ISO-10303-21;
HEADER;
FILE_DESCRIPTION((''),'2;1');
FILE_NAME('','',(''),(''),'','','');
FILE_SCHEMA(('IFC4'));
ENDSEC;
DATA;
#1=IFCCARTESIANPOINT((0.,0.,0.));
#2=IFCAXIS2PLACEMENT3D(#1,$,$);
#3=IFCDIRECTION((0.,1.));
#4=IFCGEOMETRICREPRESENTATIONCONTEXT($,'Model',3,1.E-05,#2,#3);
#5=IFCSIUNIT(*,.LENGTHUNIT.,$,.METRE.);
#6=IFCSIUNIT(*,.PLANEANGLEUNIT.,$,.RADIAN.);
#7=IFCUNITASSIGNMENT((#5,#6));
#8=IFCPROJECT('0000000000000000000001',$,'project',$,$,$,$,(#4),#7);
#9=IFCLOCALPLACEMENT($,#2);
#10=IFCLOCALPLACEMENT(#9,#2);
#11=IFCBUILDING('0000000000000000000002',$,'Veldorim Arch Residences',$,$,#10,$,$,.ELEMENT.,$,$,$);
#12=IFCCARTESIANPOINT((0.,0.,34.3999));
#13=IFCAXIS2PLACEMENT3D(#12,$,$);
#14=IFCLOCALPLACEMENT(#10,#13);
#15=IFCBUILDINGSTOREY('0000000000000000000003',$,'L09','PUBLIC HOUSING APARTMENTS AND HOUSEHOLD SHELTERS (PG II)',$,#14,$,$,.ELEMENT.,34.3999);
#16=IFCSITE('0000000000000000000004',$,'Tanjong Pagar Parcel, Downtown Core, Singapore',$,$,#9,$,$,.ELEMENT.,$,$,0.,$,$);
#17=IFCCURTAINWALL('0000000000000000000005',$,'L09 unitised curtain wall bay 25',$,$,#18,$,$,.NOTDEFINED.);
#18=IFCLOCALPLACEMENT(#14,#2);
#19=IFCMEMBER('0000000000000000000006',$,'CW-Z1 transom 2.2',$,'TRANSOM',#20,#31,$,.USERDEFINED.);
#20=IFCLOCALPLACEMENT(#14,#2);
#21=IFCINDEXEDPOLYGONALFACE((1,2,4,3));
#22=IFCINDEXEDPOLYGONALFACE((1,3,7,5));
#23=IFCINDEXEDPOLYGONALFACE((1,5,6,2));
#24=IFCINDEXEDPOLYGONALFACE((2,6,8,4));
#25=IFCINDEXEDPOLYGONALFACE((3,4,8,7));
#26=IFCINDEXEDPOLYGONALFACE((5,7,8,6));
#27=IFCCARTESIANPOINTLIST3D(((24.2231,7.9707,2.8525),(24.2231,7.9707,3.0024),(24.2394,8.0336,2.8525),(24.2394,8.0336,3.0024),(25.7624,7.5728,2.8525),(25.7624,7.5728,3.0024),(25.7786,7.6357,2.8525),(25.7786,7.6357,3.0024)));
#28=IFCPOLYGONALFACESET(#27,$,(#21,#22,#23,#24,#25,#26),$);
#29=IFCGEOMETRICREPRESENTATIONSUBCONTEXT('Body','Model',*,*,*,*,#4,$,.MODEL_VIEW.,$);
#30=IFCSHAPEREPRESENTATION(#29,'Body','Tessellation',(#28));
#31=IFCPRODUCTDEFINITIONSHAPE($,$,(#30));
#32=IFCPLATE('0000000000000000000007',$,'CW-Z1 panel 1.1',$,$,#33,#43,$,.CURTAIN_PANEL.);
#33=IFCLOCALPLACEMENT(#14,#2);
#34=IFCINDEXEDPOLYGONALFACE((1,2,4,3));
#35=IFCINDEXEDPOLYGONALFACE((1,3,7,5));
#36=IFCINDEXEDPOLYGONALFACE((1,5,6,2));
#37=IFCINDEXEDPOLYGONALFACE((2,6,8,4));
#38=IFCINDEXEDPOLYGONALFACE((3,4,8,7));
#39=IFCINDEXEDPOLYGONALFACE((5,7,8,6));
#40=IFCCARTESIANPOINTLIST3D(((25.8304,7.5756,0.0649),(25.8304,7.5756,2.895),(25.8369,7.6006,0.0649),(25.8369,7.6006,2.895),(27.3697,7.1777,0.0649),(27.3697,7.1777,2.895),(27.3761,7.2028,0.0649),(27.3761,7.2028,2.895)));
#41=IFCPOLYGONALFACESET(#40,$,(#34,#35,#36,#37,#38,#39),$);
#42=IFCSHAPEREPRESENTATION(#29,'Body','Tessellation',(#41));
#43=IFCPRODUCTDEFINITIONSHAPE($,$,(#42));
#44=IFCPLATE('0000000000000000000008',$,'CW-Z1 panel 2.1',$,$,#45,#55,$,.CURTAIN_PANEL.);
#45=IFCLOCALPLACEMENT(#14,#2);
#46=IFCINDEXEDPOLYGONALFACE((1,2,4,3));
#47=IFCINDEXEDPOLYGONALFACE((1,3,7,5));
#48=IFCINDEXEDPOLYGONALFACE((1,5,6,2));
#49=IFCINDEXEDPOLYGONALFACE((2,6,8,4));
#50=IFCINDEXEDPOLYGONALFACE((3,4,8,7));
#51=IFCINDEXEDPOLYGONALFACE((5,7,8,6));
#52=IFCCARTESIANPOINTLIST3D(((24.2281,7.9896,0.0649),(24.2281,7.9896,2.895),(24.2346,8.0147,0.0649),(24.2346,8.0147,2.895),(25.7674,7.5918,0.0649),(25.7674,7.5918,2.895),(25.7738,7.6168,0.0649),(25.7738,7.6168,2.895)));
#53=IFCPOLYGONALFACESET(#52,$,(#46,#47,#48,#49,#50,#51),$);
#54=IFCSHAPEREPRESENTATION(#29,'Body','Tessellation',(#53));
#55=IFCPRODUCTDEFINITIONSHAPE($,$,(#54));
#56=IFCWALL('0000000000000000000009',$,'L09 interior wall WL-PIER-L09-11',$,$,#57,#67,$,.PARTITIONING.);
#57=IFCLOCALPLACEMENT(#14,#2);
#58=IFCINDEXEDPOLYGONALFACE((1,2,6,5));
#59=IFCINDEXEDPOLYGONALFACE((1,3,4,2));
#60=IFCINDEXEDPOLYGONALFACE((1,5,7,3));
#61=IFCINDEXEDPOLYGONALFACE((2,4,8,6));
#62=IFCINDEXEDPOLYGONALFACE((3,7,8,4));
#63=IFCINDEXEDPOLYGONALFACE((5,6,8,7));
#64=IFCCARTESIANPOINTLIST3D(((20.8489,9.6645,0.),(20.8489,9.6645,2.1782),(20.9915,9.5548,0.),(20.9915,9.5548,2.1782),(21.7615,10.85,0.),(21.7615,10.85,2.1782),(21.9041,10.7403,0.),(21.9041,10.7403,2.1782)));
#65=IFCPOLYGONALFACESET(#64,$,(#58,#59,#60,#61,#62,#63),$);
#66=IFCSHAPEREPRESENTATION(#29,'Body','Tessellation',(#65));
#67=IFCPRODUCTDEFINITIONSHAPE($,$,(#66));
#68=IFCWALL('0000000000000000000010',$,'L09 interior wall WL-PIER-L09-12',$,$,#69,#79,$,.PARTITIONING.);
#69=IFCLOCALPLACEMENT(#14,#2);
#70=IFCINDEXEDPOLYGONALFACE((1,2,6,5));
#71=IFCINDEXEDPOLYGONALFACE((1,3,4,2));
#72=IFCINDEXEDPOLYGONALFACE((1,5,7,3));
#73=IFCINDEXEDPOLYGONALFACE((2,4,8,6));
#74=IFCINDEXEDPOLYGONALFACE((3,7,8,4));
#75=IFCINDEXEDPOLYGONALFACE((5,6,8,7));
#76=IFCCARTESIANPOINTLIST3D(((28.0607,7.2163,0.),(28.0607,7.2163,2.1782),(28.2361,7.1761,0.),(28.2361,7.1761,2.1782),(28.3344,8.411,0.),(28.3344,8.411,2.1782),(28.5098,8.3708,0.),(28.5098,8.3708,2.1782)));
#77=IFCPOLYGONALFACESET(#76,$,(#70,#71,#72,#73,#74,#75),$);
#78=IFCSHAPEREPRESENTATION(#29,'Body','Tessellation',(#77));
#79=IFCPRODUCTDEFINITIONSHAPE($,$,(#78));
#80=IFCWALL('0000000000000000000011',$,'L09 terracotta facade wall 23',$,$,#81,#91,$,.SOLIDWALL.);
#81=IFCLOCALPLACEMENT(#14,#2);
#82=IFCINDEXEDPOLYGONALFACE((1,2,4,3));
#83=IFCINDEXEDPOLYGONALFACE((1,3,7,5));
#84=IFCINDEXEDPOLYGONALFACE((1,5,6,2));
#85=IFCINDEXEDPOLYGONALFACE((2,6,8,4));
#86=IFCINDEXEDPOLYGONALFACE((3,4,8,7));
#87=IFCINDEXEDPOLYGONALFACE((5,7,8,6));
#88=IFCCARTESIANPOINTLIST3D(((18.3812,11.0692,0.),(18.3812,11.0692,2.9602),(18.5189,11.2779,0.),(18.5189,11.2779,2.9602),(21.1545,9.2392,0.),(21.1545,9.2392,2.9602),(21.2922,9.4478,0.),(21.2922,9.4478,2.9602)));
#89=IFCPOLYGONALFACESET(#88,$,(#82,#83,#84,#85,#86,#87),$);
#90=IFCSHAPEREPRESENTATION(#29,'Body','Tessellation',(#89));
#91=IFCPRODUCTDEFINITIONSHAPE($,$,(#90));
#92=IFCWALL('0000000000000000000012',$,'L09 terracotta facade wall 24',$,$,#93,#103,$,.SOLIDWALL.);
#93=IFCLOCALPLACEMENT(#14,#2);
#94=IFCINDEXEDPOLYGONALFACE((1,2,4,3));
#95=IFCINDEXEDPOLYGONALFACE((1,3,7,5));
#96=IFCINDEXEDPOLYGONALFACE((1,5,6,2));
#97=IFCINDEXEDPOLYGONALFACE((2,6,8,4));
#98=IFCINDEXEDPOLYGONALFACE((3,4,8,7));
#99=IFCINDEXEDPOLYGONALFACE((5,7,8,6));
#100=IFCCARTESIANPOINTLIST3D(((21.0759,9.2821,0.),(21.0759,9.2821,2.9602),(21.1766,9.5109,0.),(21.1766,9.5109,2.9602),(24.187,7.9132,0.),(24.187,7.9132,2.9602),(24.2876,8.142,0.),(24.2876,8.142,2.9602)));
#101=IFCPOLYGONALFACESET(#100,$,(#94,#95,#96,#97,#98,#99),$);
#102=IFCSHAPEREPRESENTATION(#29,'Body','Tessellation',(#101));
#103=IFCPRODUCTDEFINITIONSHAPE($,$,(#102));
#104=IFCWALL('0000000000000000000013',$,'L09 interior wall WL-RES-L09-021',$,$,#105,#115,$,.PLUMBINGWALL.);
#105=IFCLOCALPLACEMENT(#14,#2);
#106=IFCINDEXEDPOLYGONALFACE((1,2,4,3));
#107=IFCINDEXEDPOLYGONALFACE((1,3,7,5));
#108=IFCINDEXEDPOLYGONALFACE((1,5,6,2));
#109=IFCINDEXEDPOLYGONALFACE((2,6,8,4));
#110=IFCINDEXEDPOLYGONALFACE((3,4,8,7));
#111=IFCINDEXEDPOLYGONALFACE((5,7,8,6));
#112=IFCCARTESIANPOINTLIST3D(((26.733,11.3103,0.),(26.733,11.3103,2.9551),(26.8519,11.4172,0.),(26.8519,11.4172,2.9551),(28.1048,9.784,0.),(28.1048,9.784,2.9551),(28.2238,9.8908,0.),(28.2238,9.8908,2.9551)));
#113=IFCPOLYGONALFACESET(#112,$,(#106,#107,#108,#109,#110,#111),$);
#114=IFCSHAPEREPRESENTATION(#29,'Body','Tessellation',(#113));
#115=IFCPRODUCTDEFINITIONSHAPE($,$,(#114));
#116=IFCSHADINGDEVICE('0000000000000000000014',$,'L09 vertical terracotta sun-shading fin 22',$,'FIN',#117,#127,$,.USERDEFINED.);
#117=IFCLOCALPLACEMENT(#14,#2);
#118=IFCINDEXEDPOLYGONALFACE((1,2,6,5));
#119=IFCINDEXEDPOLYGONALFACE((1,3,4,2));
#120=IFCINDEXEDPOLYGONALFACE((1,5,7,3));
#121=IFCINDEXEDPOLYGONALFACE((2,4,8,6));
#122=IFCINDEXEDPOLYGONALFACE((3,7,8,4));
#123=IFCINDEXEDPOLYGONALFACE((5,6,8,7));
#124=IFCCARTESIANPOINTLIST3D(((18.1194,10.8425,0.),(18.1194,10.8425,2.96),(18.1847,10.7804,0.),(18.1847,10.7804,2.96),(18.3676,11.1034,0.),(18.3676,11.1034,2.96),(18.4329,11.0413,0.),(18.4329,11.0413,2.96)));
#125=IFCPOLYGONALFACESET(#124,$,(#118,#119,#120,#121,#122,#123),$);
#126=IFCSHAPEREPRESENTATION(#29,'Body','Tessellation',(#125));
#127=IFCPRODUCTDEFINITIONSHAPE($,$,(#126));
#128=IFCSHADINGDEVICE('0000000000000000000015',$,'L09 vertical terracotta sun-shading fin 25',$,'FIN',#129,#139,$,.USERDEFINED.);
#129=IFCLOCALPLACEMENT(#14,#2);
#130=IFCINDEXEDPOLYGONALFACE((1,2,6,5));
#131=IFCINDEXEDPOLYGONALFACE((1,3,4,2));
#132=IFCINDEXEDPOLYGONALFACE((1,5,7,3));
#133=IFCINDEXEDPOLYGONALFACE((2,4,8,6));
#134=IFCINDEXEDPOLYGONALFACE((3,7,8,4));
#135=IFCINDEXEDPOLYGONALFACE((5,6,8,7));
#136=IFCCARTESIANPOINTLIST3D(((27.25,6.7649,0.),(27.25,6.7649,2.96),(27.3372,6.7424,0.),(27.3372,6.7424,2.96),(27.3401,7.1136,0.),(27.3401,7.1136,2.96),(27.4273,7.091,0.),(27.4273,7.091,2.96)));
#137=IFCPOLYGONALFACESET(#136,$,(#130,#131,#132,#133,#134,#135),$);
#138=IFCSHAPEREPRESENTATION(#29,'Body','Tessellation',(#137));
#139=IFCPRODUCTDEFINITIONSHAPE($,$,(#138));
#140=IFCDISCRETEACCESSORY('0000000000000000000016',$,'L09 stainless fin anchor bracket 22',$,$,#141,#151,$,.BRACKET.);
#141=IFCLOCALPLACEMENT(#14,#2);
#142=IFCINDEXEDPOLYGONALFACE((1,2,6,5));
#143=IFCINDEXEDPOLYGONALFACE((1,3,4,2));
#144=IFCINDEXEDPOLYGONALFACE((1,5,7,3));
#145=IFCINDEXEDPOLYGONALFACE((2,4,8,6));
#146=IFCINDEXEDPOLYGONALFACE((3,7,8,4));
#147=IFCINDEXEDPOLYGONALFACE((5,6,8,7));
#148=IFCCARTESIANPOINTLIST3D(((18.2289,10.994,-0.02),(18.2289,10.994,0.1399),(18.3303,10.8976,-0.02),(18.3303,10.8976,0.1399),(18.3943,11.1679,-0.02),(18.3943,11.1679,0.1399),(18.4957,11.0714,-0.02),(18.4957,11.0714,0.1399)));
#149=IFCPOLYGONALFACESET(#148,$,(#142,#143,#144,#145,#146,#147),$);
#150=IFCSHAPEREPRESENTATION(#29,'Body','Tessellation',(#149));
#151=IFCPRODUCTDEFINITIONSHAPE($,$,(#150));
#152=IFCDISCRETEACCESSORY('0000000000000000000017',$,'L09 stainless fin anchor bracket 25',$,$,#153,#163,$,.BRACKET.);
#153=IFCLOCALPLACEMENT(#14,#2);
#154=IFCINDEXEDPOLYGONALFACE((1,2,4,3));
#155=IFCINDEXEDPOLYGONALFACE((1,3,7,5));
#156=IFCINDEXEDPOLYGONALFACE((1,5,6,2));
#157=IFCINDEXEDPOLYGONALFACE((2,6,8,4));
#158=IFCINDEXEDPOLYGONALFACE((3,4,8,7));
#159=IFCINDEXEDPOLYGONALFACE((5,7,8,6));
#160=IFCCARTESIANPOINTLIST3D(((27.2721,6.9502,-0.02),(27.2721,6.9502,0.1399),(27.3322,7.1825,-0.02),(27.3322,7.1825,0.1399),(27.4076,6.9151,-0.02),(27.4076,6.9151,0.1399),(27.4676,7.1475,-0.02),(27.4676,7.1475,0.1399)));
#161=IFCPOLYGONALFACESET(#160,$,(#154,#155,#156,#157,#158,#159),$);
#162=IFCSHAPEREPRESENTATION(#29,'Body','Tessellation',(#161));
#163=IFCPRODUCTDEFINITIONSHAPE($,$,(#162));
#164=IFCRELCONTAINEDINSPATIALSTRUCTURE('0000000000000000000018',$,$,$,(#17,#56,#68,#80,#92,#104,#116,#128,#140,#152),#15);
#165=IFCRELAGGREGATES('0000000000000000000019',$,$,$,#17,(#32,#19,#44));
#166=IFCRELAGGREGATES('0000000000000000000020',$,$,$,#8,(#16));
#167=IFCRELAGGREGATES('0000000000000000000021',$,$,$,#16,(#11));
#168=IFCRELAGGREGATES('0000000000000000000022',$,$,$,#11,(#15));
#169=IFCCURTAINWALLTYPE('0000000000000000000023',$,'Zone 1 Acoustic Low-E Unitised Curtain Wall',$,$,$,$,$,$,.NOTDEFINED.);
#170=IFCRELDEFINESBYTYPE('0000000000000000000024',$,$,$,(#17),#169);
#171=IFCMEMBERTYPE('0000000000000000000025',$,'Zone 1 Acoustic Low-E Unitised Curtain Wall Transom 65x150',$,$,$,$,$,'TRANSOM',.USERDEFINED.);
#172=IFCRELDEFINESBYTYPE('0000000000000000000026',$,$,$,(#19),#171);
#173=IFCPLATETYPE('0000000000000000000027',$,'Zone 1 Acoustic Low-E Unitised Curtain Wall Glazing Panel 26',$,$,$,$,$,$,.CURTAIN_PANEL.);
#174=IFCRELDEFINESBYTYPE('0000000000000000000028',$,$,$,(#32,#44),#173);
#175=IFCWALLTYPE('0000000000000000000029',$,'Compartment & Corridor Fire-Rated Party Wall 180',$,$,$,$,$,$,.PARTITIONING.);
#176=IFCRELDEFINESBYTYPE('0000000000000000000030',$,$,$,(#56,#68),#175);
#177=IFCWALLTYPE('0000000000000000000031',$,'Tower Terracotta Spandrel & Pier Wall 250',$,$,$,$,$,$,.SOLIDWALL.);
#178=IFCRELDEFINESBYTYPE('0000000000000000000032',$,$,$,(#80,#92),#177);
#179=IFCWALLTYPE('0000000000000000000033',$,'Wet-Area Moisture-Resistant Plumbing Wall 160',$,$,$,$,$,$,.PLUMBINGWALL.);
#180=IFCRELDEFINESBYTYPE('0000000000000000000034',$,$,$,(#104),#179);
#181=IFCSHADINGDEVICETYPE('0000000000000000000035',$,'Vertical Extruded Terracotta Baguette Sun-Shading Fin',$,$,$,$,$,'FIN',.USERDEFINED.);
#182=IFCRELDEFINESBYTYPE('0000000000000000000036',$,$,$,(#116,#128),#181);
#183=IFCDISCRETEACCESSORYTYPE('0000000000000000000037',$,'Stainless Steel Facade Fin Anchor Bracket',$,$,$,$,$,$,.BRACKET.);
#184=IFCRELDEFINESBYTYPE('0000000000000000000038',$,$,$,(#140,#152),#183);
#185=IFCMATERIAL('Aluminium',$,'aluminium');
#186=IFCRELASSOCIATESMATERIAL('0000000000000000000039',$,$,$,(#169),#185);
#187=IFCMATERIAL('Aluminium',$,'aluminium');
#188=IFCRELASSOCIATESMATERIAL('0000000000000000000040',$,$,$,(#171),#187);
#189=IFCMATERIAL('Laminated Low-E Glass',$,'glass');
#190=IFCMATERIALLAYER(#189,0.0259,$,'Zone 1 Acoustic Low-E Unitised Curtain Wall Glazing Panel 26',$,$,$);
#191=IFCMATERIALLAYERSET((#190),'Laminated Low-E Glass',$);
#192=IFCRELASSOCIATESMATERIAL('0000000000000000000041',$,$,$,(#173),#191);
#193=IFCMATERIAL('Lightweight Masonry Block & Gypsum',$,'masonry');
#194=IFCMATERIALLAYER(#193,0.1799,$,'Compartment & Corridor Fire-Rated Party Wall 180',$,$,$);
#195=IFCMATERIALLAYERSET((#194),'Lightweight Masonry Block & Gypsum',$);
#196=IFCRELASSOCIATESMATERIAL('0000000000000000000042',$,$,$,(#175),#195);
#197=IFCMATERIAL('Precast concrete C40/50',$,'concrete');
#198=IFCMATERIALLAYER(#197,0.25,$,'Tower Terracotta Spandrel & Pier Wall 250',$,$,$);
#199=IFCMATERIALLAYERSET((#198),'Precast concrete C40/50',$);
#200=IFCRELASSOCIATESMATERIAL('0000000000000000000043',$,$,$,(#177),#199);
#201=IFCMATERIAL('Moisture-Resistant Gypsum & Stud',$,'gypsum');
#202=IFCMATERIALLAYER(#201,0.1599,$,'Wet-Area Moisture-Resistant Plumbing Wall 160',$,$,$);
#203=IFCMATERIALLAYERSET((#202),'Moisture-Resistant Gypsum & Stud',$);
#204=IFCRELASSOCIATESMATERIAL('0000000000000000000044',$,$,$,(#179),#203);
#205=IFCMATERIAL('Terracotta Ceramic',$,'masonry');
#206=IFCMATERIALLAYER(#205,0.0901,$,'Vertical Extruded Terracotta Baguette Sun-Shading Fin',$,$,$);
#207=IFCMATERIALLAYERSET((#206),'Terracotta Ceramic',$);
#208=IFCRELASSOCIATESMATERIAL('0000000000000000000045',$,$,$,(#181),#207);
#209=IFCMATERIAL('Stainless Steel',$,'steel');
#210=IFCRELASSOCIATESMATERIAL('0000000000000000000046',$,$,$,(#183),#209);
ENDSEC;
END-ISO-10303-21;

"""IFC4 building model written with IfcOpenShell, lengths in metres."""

from ifc_helpers import new_model, si_unit, direction, frame, frame_2d, origin, origin_2d, place, context, subcontext, project, spatial, rectangle, extrude, material, layer, layer_set, material_profile, profile_set, type_object, element, aggregate, save


model = new_model("IFC4")

# Units and contexts
model_context = context("Model", 3, precision=1e-05, world=origin(), true_north=direction((0.0, 1.0)))
body_context = subcontext(model_context, "Body", "Model", "MODEL_VIEW")
ifc_project = project(units=[si_unit("LENGTHUNIT", "METRE"), si_unit("PLANEANGLEUNIT", "RADIAN")], contexts=[model_context])

# Site, building, storey
site_placement = place(None, origin())
site = spatial("IfcSite", under=ifc_project, at=site_placement, Name="Tanjong Pagar Parcel, Downtown Core, Singapore", CompositionType="ELEMENT", RefElevation=0.0)
building_placement = place(site_placement, origin())
building = spatial("IfcBuilding", under=site, at=building_placement, Name="Veldorim Arch Residences", CompositionType="ELEMENT")
storey_placement = place(building_placement, frame((0.0, 0.0, 34.3999)))
storey = spatial("IfcBuildingStorey", under=building, at=storey_placement, Name="L09", Description="PUBLIC HOUSING APARTMENTS AND HOUSEHOLD SHELTERS (PG II)", CompositionType="ELEMENT", Elevation=34.3999)

# Curtain wall, member, plates
ifc_material_1 = material(Name="Aluminium", Category="aluminium")
curtain_wall_type = type_object("IfcCurtainWallType", Name="Zone 1 Acoustic Low-E Unitised Curtain Wall", PredefinedType="NOTDEFINED", material=ifc_material_1)
curtain_wall_placement = place(storey_placement, origin())
curtain_wall = element("IfcCurtainWall", 1, at=curtain_wall_placement, inside=storey, type_object=curtain_wall_type, Name="L09 unitised curtain wall bay 25", PredefinedType="NOTDEFINED")
ifc_material_2 = material(Name="Aluminium", Category="aluminium")
ifc_material_profile_1 = material_profile(ifc_material_2, rectangle(XDim=0.0649, YDim=0.1499, at=origin_2d()), Name="ALU_TRN_65x150")
ifc_profile_set_1 = profile_set([ifc_material_profile_1], Name="Aluminium")
member_type_1 = type_object("IfcMemberType", Name="Zone 1 Acoustic Low-E Unitised Curtain Wall Transom 65x150", ElementType="TRANSOM", PredefinedType="USERDEFINED", material=ifc_profile_set_1)
member_1_placement = place(storey_placement, frame((25.7705, 7.6042, 2.9275), z_axis=(-0.968169, 0.250296, 0.0), x_axis=(-0.250296, -0.968169, 0.0)))
member_1 = element("IfcMember", 2, at=member_1_placement, type_object=member_type_1, Name="CW-Z1 transom 2.2", ObjectType="TRANSOM", PredefinedType="USERDEFINED", context=body_context, shape_type="SweptSolid", body=[
    extrude(rectangle(XDim=0.0649, YDim=0.1499, at=origin_2d()), origin(), (0.0, 0.0, 1.0), 1.5898),
])
ifc_material_3 = material(Name="Laminated Low-E Glass", Category="glass")
ifc_layer_1 = layer(ifc_material_3, 0.0259, Name="Zone 1 Acoustic Low-E Unitised Curtain Wall Glazing Panel 26")
ifc_layer_set_1 = layer_set([ifc_layer_1], Name="Laminated Low-E Glass")
plate_type = type_object("IfcPlateType", Name="Zone 1 Acoustic Low-E Unitised Curtain Wall Glazing Panel 26", PredefinedType="CURTAIN_PANEL", material=ifc_layer_set_1)
plate_1_placement = place(storey_placement, frame((26.6033, 7.3892, 0.0649), z_axis=(0.0, 0.0, 1.0), x_axis=(-0.968179, 0.25026, 0.0)))
plate_1 = element("IfcPlate", 3, at=plate_1_placement, type_object=plate_type, Name="CW-Z1 panel 1.1", PredefinedType="CURTAIN_PANEL", context=body_context, shape_type="SweptSolid", body=[
    extrude(rectangle(XDim=1.5898, YDim=0.0259, at=origin_2d()), origin(), (0.0, 0.0, 1.0), 2.8301),
])
plate_2_placement = place(storey_placement, frame((25.001, 7.8032, 0.0649), z_axis=(0.0, 0.0, 1.0), x_axis=(-0.968179, 0.25026, 0.0)))
plate_2 = element("IfcPlate", 4, at=plate_2_placement, type_object=plate_type, Name="CW-Z1 panel 2.1", PredefinedType="CURTAIN_PANEL", context=body_context, shape_type="SweptSolid", body=[
    extrude(rectangle(XDim=1.5898, YDim=0.0259, at=origin_2d()), origin(), (0.0, 0.0, 1.0), 2.8301),
])
aggregate(curtain_wall, [plate_1, member_1, plate_2])

# Walls
ifc_material_4 = material(Name="Lightweight Masonry Block & Gypsum", Category="masonry")
ifc_layer_2 = layer(ifc_material_4, 0.1799, Name="Compartment & Corridor Fire-Rated Party Wall 180")
ifc_layer_set_2 = layer_set([ifc_layer_2], Name="Lightweight Masonry Block & Gypsum")
wall_type_1 = type_object("IfcWallType", Name="Compartment & Corridor Fire-Rated Party Wall 180", PredefinedType="PARTITIONING", material=ifc_layer_set_2)
wall_1_placement = place(storey_placement, frame((21.8328, 10.7952, 0.0), z_axis=(0.0, 0.0, 1.0), x_axis=(-0.609979, -0.792418, 0.0)))
element("IfcWall", 5, at=wall_1_placement, inside=storey, type_object=wall_type_1, Name="L09 interior wall WL-PIER-L09-11", PredefinedType="PARTITIONING", context=body_context, shape_type="SweptSolid", body=[
    extrude(rectangle(XDim=1.4961, YDim=0.1799, at=frame_2d((0.748, 0.0))), origin(), (0.0, 0.0, 1.0), 2.1782),
])
wall_2_placement = place(storey_placement, frame((28.4221, 8.3909, 0.0), z_axis=(0.0, 0.0, 1.0), x_axis=(-0.223317, -0.974746, 0.0)))
element("IfcWall", 6, at=wall_2_placement, inside=storey, type_object=wall_type_1, Name="L09 interior wall WL-PIER-L09-12", PredefinedType="PARTITIONING", context=body_context, shape_type="SweptSolid", body=[
    extrude(rectangle(XDim=1.2256, YDim=0.1799, at=frame_2d((0.6128, 0.0))), origin(), (0.0, 0.0, 1.0), 2.1782),
])
ifc_material_5 = material(Name="Precast concrete C40/50", Category="concrete")
ifc_layer_3 = layer(ifc_material_5, 0.25, Name="Tower Terracotta Spandrel & Pier Wall 250")
ifc_layer_set_3 = layer_set([ifc_layer_3], Name="Precast concrete C40/50")
wall_type_2 = type_object("IfcWallType", Name="Tower Terracotta Spandrel & Pier Wall 250", PredefinedType="SOLIDWALL", material=ifc_layer_set_3)
wall_3_placement = place(storey_placement, frame((21.2234, 9.3435, 0.0), z_axis=(0.0, 0.0, 1.0), x_axis=(-0.834663, 0.55076, 0.0)))
element("IfcWall", 7, at=wall_3_placement, inside=storey, type_object=wall_type_2, Name="L09 terracotta facade wall 23", PredefinedType="SOLIDWALL", context=body_context, shape_type="SweptSolid", body=[
    extrude(rectangle(XDim=3.3228, YDim=0.25, at=frame_2d((1.6614, 0.0))), origin(), (0.0, 0.0, 1.0), 2.9602),
])
wall_4_placement = place(storey_placement, frame((24.2373, 8.0276, 0.0), z_axis=(0.0, 0.0, 1.0), x_axis=(-0.915313, 0.402743, 0.0)))
element("IfcWall", 8, at=wall_4_placement, inside=storey, type_object=wall_type_2, Name="L09 terracotta facade wall 24", PredefinedType="SOLIDWALL", context=body_context, shape_type="SweptSolid", body=[
    extrude(rectangle(XDim=3.3989, YDim=0.25, at=frame_2d((1.6995, 0.0))), origin(), (0.0, 0.0, 1.0), 2.9602),
])
ifc_material_6 = material(Name="Moisture-Resistant Gypsum & Stud", Category="gypsum")
ifc_layer_4 = layer(ifc_material_6, 0.1599, Name="Wet-Area Moisture-Resistant Plumbing Wall 160")
ifc_layer_set_4 = layer_set([ifc_layer_4], Name="Moisture-Resistant Gypsum & Stud")
wall_type_3 = type_object("IfcWallType", Name="Wet-Area Moisture-Resistant Plumbing Wall 160", PredefinedType="PLUMBINGWALL", material=ifc_layer_set_4)
wall_5_placement = place(storey_placement, frame((28.1643, 9.8374, 0.0), z_axis=(0.0, 0.0, 1.0), x_axis=(-0.668452, 0.743755, 0.0)))
element("IfcWall", 9, at=wall_5_placement, inside=storey, type_object=wall_type_3, Name="L09 interior wall WL-RES-L09-021", PredefinedType="PLUMBINGWALL", context=body_context, shape_type="SweptSolid", body=[
    extrude(rectangle(XDim=2.0522, YDim=0.1599, at=frame_2d((1.0261, 0.0))), origin(), (0.0, 0.0, 1.0), 2.9551),
])

# Shading devices
ifc_material_7 = material(Name="Terracotta Ceramic", Category="masonry")
ifc_layer_5 = layer(ifc_material_7, 0.0901, Name="Vertical Extruded Terracotta Baguette Sun-Shading Fin")
ifc_layer_set_5 = layer_set([ifc_layer_5], Name="Terracotta Ceramic")
shading_device_type = type_object("IfcShadingDeviceType", Name="Vertical Extruded Terracotta Baguette Sun-Shading Fin", ElementType="FIN", PredefinedType="USERDEFINED", material=ifc_layer_set_5)
for number, where, z_axis, x_axis, name in (
    (10, (18.2761, 10.9419, 0.0), (0.0, 0.0, 1.0), (-0.724533, 0.68924, 0.0), "L09 vertical terracotta sun-shading fin 22"),
    (11, (27.3386, 6.928, 0.0), (0.0, 0.0, 1.0), (-0.968191, 0.250211, 0.0), "L09 vertical terracotta sun-shading fin 25"),
):
    element("IfcShadingDevice", number, at=place(storey_placement, frame(where, z_axis=z_axis, x_axis=x_axis)), inside=storey, type_object=shading_device_type, Name=name, ObjectType="FIN", PredefinedType="USERDEFINED", context=body_context, shape_type="SweptSolid", body=[
        extrude(rectangle(XDim=0.0901, YDim=0.3601, at=origin_2d()), origin(), (0.0, 0.0, 1.0), 2.96),
    ])

# Discrete accessories
ifc_material_8 = material(Name="Stainless Steel", Category="steel")
discrete_accessory_type = type_object("IfcDiscreteAccessoryType", Name="Stainless Steel Facade Fin Anchor Bracket", PredefinedType="BRACKET", material=ifc_material_8)
for number, where, z_axis, x_axis, name in (
    (12, (18.3623, 11.0327, -0.02), (0.0, 0.0, 1.0), (-0.724533, 0.68924, 0.0), "L09 stainless fin anchor bracket 22"),
    (13, (27.3699, 7.0488, -0.02), (0.0, 0.0, 1.0), (-0.968191, 0.250211, 0.0), "L09 stainless fin anchor bracket 25"),
):
    element("IfcDiscreteAccessory", number, at=place(storey_placement, frame(where, z_axis=z_axis, x_axis=x_axis)), inside=storey, type_object=discrete_accessory_type, Name=name, PredefinedType="BRACKET", context=body_context, shape_type="SweptSolid", body=[
        extrude(rectangle(XDim=0.1399, YDim=0.24, at=origin_2d()), origin(), (0.0, 0.0, 1.0), 0.1599),
    ])

save(model, "model.ifc")
